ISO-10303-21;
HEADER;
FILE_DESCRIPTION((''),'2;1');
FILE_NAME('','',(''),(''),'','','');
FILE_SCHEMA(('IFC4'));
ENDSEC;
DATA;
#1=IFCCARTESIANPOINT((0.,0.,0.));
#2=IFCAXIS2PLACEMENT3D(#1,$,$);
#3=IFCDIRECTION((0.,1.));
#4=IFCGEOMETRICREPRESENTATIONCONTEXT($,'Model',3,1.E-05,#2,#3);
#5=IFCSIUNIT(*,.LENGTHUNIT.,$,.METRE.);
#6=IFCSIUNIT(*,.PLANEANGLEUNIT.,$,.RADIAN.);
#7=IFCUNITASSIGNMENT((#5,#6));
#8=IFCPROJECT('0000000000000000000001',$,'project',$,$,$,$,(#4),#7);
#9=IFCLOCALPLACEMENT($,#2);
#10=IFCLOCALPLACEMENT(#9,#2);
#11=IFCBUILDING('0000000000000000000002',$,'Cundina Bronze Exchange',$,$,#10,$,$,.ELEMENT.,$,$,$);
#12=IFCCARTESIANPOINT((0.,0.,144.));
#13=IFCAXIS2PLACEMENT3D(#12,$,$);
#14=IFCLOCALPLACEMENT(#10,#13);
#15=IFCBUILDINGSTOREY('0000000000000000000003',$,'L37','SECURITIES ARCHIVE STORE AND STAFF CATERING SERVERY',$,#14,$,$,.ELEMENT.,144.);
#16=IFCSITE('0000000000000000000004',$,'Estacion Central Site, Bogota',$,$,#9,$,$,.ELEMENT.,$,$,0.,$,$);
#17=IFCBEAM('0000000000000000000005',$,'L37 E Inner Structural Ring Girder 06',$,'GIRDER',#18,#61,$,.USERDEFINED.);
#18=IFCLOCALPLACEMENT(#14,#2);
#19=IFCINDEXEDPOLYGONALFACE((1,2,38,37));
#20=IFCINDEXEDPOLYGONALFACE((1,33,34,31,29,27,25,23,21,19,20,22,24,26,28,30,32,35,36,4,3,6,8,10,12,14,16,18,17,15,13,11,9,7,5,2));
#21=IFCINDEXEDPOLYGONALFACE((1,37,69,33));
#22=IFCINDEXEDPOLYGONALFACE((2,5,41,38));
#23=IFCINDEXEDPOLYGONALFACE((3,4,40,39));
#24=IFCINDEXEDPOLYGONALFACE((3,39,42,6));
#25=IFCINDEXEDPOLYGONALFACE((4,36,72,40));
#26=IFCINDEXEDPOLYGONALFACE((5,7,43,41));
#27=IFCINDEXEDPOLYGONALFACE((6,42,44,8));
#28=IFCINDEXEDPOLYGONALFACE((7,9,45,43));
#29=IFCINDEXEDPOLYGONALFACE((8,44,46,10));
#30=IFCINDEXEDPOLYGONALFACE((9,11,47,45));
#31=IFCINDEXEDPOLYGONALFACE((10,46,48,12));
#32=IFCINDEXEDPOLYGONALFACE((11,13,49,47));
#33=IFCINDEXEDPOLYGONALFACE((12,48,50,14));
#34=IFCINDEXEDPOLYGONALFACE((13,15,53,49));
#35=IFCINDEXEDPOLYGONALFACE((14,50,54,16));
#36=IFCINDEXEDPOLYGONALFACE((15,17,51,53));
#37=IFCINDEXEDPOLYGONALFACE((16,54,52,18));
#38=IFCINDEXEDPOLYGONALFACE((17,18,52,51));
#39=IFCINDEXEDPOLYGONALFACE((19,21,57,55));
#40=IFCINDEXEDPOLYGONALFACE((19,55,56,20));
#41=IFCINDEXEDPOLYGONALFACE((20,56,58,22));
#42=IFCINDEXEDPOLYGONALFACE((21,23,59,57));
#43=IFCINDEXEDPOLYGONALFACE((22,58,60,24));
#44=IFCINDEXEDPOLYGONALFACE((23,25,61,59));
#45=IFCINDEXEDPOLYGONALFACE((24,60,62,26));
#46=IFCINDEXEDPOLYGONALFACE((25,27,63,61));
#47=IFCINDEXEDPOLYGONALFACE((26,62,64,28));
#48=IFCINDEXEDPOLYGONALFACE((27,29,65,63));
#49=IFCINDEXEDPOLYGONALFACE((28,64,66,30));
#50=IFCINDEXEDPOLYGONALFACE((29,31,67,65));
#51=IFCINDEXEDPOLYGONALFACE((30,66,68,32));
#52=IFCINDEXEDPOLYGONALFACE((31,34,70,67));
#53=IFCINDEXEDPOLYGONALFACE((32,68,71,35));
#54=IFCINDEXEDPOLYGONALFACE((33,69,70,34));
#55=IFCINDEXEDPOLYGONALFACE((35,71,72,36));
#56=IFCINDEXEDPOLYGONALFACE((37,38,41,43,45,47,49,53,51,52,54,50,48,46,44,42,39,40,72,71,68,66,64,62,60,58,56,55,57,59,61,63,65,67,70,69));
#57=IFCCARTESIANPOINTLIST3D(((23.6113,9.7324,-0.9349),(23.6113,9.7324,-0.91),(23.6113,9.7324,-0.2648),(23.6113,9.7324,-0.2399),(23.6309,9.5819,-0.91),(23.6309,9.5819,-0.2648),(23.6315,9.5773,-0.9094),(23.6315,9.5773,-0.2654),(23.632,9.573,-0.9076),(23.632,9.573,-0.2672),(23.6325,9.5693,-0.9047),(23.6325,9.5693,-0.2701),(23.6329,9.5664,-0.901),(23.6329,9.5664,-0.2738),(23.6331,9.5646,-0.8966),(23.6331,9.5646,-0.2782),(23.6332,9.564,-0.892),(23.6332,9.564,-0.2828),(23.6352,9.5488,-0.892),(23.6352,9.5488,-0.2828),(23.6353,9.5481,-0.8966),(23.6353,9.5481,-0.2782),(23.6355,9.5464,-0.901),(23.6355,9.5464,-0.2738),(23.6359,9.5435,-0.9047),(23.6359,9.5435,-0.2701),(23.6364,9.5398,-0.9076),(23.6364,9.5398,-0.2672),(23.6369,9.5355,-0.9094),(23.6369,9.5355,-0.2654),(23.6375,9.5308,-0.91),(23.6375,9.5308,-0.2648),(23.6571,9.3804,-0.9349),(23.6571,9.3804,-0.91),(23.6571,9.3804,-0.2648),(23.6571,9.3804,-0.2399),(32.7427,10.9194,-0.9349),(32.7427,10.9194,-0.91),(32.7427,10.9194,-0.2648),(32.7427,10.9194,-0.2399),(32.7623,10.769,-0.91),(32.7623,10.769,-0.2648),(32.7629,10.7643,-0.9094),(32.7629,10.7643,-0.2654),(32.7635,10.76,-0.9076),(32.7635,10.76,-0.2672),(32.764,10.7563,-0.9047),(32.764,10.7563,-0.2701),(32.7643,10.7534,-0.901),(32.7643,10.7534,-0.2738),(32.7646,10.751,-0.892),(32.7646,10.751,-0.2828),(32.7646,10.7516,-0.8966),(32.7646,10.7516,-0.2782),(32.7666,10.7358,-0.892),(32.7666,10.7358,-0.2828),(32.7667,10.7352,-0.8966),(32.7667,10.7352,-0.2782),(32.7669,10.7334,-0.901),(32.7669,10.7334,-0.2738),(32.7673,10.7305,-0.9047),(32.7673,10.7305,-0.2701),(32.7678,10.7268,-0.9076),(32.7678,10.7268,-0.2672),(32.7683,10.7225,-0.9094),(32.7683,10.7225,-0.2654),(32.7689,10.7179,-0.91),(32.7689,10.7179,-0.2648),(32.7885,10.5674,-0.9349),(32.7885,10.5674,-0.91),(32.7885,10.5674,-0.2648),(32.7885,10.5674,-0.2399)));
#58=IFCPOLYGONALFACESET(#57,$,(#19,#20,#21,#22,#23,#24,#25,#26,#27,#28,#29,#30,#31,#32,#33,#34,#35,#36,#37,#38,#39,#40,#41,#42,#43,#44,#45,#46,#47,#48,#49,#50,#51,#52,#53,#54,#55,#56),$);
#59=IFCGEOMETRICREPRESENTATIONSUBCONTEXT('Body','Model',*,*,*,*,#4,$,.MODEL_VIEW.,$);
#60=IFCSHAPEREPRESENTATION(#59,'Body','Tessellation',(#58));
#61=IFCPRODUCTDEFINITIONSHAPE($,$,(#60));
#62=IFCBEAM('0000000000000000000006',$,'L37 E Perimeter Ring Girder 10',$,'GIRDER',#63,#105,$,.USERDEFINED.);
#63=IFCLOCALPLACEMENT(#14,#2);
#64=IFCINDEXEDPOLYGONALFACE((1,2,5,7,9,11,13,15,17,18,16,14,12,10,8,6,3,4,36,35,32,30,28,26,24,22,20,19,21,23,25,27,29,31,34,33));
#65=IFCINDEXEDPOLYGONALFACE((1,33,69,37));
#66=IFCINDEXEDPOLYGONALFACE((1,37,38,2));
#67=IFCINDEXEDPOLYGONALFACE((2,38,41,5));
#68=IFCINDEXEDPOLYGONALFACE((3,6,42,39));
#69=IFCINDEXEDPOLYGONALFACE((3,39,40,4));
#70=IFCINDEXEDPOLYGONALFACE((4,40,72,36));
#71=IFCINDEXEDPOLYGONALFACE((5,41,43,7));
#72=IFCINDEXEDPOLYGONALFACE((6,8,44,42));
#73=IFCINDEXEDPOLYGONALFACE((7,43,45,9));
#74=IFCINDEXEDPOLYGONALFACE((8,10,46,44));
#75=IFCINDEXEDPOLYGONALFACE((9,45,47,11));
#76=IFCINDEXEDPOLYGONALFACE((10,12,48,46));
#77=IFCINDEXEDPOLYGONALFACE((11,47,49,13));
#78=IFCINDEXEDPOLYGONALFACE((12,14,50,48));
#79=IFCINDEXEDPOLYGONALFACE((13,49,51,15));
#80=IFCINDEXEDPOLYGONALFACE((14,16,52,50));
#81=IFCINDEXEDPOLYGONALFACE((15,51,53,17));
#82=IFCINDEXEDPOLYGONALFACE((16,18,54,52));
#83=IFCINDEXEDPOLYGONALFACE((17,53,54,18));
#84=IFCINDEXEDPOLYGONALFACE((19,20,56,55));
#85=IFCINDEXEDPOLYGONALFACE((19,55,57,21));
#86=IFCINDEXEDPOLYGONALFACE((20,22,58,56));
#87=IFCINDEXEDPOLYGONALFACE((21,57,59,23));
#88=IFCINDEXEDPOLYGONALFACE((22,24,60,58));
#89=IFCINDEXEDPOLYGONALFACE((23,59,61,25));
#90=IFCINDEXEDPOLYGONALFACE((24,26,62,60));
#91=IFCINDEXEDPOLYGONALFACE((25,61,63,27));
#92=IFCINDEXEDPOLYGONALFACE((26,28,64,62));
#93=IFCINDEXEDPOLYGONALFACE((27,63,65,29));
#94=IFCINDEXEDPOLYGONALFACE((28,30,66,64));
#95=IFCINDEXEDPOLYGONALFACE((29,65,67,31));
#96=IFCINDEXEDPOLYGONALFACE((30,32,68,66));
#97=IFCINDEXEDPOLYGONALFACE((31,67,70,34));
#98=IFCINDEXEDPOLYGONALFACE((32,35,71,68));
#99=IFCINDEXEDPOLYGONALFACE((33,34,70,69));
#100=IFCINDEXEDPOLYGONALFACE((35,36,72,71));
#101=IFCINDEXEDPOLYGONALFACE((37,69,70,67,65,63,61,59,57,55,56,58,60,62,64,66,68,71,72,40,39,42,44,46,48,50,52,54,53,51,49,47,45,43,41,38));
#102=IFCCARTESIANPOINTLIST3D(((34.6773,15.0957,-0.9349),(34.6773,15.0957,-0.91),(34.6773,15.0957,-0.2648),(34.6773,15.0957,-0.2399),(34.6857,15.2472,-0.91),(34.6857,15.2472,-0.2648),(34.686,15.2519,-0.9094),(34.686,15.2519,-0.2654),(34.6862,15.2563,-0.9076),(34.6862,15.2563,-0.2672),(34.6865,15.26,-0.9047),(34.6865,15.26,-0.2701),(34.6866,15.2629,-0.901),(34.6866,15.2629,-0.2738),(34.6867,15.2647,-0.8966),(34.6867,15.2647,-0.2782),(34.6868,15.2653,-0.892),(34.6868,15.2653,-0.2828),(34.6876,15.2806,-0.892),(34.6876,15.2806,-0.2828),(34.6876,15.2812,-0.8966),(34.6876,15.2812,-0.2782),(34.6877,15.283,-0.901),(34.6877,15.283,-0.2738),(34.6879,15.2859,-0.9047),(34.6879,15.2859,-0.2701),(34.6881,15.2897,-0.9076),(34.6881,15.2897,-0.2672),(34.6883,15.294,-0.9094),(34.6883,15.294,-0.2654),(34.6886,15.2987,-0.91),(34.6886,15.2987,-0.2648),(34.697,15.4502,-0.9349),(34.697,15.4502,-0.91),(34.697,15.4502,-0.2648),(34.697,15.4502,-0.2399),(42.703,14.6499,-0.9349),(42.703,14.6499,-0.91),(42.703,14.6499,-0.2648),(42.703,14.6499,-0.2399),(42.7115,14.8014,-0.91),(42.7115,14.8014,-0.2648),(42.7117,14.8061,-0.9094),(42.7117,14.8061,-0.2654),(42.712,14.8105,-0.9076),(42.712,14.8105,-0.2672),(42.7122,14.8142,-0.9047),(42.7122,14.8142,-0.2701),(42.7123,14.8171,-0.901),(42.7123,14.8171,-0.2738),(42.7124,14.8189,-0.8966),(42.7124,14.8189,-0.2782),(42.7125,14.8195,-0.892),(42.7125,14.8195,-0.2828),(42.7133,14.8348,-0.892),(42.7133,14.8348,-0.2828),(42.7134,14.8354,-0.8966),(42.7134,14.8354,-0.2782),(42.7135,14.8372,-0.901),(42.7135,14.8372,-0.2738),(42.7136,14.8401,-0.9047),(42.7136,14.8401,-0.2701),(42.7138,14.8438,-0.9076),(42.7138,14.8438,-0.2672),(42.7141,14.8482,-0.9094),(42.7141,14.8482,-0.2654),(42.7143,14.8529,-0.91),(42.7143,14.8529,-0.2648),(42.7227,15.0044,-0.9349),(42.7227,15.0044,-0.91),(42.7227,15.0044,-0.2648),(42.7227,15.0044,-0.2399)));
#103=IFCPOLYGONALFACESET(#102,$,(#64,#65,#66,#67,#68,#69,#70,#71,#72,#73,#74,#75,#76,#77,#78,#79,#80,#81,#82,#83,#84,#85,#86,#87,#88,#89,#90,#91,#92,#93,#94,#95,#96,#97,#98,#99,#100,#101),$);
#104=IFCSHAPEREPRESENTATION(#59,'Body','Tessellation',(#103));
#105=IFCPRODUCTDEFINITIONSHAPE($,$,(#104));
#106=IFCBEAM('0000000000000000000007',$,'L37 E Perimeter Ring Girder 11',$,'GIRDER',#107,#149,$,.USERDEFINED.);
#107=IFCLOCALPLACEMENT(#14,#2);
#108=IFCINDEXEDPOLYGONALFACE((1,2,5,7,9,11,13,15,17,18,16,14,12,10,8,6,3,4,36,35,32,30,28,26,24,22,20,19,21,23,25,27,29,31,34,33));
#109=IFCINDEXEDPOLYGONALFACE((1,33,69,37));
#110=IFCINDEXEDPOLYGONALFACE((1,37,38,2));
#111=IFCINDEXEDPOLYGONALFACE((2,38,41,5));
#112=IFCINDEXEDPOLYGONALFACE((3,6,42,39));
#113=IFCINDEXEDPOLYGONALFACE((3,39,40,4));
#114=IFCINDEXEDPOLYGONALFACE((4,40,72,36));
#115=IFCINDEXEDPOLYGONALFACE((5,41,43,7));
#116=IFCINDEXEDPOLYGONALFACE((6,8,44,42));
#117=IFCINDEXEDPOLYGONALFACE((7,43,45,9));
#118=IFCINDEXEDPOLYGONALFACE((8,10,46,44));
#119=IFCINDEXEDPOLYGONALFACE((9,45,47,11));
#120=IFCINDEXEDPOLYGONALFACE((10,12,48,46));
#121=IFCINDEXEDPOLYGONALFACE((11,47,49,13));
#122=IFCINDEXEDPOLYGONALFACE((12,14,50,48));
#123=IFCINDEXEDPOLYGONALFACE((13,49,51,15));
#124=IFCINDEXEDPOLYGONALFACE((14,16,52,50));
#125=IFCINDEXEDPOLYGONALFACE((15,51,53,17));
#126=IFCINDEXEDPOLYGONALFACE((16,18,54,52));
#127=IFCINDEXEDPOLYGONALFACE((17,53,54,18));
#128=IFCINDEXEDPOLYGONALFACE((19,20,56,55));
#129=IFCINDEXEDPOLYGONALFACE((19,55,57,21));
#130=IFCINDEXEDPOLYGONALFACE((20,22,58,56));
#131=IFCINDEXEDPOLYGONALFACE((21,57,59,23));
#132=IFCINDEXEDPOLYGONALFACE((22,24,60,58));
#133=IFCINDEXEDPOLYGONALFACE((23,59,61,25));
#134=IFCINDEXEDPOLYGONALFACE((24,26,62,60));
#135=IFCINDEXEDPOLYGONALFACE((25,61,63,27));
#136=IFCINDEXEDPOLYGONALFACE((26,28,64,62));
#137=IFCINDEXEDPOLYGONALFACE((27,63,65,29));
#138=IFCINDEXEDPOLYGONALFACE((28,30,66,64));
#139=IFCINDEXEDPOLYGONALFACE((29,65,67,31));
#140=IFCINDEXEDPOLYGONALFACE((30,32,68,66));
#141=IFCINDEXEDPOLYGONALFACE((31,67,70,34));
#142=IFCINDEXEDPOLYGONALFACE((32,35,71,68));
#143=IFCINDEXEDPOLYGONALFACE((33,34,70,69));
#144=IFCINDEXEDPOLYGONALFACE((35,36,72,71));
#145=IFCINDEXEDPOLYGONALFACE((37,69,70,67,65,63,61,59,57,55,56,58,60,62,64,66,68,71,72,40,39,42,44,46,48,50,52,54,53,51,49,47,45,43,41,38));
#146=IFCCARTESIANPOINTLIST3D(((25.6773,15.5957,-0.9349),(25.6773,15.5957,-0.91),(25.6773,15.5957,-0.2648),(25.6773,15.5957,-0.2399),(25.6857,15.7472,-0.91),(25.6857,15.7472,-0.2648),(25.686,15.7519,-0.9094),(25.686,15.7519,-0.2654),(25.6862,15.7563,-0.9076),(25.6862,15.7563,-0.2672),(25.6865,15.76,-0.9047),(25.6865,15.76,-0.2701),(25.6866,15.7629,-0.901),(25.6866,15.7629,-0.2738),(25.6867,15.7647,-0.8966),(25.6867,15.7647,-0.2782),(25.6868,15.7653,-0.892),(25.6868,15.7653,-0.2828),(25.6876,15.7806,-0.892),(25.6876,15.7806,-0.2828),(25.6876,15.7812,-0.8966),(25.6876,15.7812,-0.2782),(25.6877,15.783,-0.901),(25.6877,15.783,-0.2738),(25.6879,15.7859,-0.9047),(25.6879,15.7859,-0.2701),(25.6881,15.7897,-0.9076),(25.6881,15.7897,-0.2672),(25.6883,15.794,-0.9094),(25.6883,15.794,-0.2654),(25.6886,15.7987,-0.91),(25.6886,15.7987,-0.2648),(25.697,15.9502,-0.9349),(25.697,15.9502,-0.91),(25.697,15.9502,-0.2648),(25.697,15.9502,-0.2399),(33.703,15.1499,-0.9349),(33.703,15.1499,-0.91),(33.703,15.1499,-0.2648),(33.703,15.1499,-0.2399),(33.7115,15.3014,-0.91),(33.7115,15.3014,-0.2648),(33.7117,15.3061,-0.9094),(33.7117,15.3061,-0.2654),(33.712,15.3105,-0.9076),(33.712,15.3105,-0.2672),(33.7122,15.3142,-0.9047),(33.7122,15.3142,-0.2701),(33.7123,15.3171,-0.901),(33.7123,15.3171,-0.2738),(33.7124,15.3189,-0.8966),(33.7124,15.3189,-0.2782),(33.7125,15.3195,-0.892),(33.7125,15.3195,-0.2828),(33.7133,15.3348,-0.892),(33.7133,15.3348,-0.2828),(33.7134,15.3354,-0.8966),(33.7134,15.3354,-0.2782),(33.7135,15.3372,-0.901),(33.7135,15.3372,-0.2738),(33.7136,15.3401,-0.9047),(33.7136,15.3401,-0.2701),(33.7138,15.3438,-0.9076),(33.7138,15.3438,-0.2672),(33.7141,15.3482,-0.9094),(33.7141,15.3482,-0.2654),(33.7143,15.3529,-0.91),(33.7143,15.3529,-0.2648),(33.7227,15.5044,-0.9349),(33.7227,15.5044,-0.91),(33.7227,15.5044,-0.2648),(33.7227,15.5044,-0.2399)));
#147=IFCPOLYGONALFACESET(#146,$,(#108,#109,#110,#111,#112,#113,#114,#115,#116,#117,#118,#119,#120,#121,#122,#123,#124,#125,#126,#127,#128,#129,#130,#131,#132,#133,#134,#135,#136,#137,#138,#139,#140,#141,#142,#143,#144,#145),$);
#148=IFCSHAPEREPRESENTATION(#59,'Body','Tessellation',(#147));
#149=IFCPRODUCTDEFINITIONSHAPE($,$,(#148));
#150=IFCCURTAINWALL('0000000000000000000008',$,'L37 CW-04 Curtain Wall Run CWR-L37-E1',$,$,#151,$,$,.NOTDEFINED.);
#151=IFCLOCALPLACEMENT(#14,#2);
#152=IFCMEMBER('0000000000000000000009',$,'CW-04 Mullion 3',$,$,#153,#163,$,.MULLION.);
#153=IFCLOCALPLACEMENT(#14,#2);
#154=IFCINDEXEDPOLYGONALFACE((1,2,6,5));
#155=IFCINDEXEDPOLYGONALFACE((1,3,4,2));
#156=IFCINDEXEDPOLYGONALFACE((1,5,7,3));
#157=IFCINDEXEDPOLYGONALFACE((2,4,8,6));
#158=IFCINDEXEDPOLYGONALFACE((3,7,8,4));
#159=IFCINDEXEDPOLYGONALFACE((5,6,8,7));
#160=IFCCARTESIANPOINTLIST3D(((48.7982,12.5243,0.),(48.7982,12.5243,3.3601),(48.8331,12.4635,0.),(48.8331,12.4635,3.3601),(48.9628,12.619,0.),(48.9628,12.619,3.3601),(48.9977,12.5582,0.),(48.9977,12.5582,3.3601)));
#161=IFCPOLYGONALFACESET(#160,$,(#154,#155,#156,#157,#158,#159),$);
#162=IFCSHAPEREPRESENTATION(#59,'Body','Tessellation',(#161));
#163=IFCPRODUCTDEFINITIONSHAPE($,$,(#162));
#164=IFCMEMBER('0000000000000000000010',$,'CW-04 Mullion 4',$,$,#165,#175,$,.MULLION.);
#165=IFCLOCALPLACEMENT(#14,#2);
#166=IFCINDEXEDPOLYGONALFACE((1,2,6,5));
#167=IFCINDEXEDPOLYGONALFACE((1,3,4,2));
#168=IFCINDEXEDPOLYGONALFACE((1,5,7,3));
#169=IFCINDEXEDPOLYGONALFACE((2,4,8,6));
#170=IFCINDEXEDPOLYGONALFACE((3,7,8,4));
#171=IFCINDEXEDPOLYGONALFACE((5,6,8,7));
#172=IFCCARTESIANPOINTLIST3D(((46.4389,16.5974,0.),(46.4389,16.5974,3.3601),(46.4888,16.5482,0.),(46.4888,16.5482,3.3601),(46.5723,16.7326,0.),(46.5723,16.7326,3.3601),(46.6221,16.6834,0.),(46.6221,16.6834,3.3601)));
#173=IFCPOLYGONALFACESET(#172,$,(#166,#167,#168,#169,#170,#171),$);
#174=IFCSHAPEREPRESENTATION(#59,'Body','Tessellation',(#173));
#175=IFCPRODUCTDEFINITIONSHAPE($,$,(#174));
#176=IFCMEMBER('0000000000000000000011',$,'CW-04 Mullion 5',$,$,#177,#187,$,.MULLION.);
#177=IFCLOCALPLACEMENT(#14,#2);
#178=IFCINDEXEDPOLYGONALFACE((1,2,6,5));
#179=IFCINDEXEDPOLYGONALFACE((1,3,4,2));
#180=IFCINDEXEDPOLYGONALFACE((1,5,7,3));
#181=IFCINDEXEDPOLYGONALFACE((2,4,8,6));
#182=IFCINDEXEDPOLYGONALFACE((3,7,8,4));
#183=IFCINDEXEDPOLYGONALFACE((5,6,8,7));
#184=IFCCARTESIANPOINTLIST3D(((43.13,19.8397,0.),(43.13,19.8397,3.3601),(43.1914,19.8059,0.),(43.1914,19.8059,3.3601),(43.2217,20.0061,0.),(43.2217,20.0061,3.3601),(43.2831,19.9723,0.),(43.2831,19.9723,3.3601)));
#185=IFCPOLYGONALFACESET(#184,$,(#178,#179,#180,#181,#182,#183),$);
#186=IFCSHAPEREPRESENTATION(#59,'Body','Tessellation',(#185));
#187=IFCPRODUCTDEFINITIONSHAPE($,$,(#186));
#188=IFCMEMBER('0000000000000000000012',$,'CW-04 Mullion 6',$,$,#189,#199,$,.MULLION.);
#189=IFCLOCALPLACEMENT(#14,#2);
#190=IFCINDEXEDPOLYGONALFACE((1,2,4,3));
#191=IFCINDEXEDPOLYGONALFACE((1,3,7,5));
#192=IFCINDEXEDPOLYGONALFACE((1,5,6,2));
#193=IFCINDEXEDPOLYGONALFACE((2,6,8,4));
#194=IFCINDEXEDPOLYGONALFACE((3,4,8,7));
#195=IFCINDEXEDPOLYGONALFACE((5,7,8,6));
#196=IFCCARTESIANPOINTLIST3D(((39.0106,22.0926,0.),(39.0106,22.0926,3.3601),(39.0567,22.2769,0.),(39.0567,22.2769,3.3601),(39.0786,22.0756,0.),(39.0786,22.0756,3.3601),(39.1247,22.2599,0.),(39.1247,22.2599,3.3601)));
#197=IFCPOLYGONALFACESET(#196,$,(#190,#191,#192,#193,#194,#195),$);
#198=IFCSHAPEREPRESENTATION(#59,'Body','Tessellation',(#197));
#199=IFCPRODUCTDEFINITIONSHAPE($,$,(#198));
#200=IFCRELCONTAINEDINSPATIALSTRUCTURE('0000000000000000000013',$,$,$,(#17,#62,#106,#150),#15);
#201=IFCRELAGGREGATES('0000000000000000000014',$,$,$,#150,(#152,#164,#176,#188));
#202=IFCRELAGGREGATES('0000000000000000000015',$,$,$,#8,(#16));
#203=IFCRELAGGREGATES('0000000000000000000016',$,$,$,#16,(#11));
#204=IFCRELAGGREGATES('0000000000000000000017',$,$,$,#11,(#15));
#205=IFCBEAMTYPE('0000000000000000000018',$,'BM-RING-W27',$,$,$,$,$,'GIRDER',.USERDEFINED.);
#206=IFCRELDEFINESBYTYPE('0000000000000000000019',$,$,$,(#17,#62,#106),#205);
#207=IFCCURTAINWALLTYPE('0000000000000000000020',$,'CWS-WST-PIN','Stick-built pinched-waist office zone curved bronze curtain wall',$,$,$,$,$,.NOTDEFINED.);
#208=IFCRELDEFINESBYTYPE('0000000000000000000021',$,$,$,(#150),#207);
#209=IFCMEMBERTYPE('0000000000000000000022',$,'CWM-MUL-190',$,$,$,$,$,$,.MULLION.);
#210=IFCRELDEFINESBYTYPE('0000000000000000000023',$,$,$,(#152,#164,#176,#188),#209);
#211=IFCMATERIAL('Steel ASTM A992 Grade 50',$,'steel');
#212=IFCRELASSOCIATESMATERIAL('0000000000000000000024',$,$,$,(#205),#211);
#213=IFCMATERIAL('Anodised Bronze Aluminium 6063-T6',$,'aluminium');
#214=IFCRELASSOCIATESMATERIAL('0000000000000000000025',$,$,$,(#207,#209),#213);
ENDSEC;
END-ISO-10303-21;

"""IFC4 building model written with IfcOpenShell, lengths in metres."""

from ifc_helpers import new_model, si_unit, direction, frame, origin, origin_2d, place, context, subcontext, project, spatial, rectangle, i_section, extrude, material, material_profile, profile_set, type_object, element, aggregate, save


model = new_model("IFC4")

# Units and contexts
model_context = context("Model", 3, precision=1e-05, world=origin(), true_north=direction((0.0, 1.0)))
body_context = subcontext(model_context, "Body", "Model", "MODEL_VIEW")
ifc_project = project(units=[si_unit("LENGTHUNIT", "METRE"), si_unit("PLANEANGLEUNIT", "RADIAN")], contexts=[model_context])

# Site, building, storey
site_placement = place(None, origin())
site = spatial("IfcSite", under=ifc_project, at=site_placement, Name="Estacion Central Site, Bogota", CompositionType="ELEMENT", RefElevation=0.0)
building_placement = place(site_placement, origin())
building = spatial("IfcBuilding", under=site, at=building_placement, Name="Cundina Bronze Exchange", CompositionType="ELEMENT")
storey_placement = place(building_placement, frame((0.0, 0.0, 144.0)))
storey = spatial("IfcBuildingStorey", under=building, at=storey_placement, Name="L37", Description="SECURITIES ARCHIVE STORE AND STAFF CATERING SERVERY", CompositionType="ELEMENT", Elevation=144.0)

# Beams
ifc_material_1 = material(Name="Steel ASTM A992 Grade 50", Category="steel")
ifc_material_profile_1 = material_profile(ifc_material_1, i_section(OverallWidth=0.355, OverallDepth=0.6951, WebThickness=0.0154, FlangeThickness=0.0249, FilletRadius=0.0181, at=origin_2d()), Name="W27X146", Category="steel")
ifc_profile_set_1 = profile_set([ifc_material_profile_1], Name="Steel ASTM A992 Grade 50")
beam_type_1 = type_object("IfcBeamType", Name="BM-RING-W27", ElementType="GIRDER", PredefinedType="USERDEFINED", material=ifc_profile_set_1)
beam_1_placement = place(storey_placement, frame((32.7656, 10.7434, -0.5874), z_axis=(-0.991656, -0.128908, 0.0), x_axis=(0.128908, -0.991656, 0.0)))
element("IfcBeam", 1, at=beam_1_placement, inside=storey, type_object=beam_type_1, Name="L37 E Inner Structural Ring Girder 06", ObjectType="GIRDER", PredefinedType="USERDEFINED", context=body_context, shape_type="SweptSolid", body=[
    extrude(i_section(OverallWidth=0.355, OverallDepth=0.6951, WebThickness=0.0154, FlangeThickness=0.0249, FilletRadius=0.0181, at=origin_2d()), origin(), (0.0, 0.0, 1.0), 9.2083),
])
for number, where, z_axis, x_axis, name in (
    (2, (42.7129, 14.8271, -0.5874), (-0.998461, 0.055462, 0.0), (-0.055462, -0.998461, 0.0), "L37 E Perimeter Ring Girder 10"),
    (3, (33.7129, 15.3271, -0.5874), (-0.998461, 0.055462, 0.0), (-0.055462, -0.998461, 0.0), "L37 E Perimeter Ring Girder 11"),
):
    element("IfcBeam", number, at=place(storey_placement, frame(where, z_axis=z_axis, x_axis=x_axis)), inside=storey, type_object=beam_type_1, Name=name, ObjectType="GIRDER", PredefinedType="USERDEFINED", context=body_context, shape_type="SweptSolid", body=[
        extrude(i_section(OverallWidth=0.355, OverallDepth=0.6951, WebThickness=0.0154, FlangeThickness=0.0249, FilletRadius=0.0181, at=origin_2d()), origin(), (0.0, 0.0, 1.0), 8.0381),
    ])

# Curtain wall, members
ifc_material_2 = material(Name="Anodised Bronze Aluminium 6063-T6", Category="aluminium")
curtain_wall_type = type_object("IfcCurtainWallType", Name="CWS-WST-PIN", Description="Stick-built pinched-waist office zone curved bronze curtain wall", PredefinedType="NOTDEFINED", material=ifc_material_2)
curtain_wall_1_placement = place(storey_placement, origin())
curtain_wall_1 = element("IfcCurtainWall", 4, at=curtain_wall_1_placement, inside=storey, type_object=curtain_wall_type, Name="L37 CW-04 Curtain Wall Run CWR-L37-E1", PredefinedType="NOTDEFINED")
ifc_material_profile_2 = material_profile(ifc_material_2, rectangle(XDim=0.0701, YDim=0.1899, at=origin_2d()), Name="AL70X190", Category="aluminium")
ifc_profile_set_2 = profile_set([ifc_material_profile_2], Name="Anodised Bronze Aluminium 6063-T6")
member_type_1 = type_object("IfcMemberType", Name="CWM-MUL-190", PredefinedType="MULLION", material=ifc_profile_set_2)
member_1_placement = place(storey_placement, frame((48.8979, 12.5413, 0.0), z_axis=(0.0, 0.0, 1.0), x_axis=(-0.498488, 0.866897, 0.0)))
member_1 = element("IfcMember", 5, at=member_1_placement, type_object=member_type_1, Name="CW-04 Mullion 3", PredefinedType="MULLION", context=body_context, shape_type="SweptSolid", body=[
    extrude(rectangle(XDim=0.0701, YDim=0.1899, at=origin_2d()), origin(), (0.0, 0.0, 1.0), 3.3601),
])
member_2_placement = place(storey_placement, frame((46.5305, 16.6404, 0.0), z_axis=(0.0, 0.0, 1.0), x_axis=(-0.712026, 0.702153, 0.0)))
member_2 = element("IfcMember", 6, at=member_2_placement, type_object=member_type_1, Name="CW-04 Mullion 4", PredefinedType="MULLION", context=body_context, shape_type="SweptSolid", body=[
    extrude(rectangle(XDim=0.0701, YDim=0.1899, at=origin_2d()), origin(), (0.0, 0.0, 1.0), 3.3601),
])
member_3_placement = place(storey_placement, frame((43.2065, 19.906, 0.0), z_axis=(0.0, 0.0, 1.0), x_axis=(-0.875886, 0.482518, 0.0)))
member_3 = element("IfcMember", 7, at=member_3_placement, type_object=member_type_1, Name="CW-04 Mullion 5", PredefinedType="MULLION", context=body_context, shape_type="SweptSolid", body=[
    extrude(rectangle(XDim=0.0701, YDim=0.1899, at=origin_2d()), origin(), (0.0, 0.0, 1.0), 3.3601),
])
member_4_placement = place(storey_placement, frame((39.0676, 22.1763, 0.0), z_axis=(0.0, 0.0, 1.0), x_axis=(-0.970084, 0.242769, 0.0)))
member_4 = element("IfcMember", 8, at=member_4_placement, type_object=member_type_1, Name="CW-04 Mullion 6", PredefinedType="MULLION", context=body_context, shape_type="SweptSolid", body=[
    extrude(rectangle(XDim=0.0701, YDim=0.1899, at=origin_2d()), origin(), (0.0, 0.0, 1.0), 3.3601),
])

aggregate(curtain_wall_1, [member_1, member_2, member_3, member_4])

save(model, "model.ifc")
